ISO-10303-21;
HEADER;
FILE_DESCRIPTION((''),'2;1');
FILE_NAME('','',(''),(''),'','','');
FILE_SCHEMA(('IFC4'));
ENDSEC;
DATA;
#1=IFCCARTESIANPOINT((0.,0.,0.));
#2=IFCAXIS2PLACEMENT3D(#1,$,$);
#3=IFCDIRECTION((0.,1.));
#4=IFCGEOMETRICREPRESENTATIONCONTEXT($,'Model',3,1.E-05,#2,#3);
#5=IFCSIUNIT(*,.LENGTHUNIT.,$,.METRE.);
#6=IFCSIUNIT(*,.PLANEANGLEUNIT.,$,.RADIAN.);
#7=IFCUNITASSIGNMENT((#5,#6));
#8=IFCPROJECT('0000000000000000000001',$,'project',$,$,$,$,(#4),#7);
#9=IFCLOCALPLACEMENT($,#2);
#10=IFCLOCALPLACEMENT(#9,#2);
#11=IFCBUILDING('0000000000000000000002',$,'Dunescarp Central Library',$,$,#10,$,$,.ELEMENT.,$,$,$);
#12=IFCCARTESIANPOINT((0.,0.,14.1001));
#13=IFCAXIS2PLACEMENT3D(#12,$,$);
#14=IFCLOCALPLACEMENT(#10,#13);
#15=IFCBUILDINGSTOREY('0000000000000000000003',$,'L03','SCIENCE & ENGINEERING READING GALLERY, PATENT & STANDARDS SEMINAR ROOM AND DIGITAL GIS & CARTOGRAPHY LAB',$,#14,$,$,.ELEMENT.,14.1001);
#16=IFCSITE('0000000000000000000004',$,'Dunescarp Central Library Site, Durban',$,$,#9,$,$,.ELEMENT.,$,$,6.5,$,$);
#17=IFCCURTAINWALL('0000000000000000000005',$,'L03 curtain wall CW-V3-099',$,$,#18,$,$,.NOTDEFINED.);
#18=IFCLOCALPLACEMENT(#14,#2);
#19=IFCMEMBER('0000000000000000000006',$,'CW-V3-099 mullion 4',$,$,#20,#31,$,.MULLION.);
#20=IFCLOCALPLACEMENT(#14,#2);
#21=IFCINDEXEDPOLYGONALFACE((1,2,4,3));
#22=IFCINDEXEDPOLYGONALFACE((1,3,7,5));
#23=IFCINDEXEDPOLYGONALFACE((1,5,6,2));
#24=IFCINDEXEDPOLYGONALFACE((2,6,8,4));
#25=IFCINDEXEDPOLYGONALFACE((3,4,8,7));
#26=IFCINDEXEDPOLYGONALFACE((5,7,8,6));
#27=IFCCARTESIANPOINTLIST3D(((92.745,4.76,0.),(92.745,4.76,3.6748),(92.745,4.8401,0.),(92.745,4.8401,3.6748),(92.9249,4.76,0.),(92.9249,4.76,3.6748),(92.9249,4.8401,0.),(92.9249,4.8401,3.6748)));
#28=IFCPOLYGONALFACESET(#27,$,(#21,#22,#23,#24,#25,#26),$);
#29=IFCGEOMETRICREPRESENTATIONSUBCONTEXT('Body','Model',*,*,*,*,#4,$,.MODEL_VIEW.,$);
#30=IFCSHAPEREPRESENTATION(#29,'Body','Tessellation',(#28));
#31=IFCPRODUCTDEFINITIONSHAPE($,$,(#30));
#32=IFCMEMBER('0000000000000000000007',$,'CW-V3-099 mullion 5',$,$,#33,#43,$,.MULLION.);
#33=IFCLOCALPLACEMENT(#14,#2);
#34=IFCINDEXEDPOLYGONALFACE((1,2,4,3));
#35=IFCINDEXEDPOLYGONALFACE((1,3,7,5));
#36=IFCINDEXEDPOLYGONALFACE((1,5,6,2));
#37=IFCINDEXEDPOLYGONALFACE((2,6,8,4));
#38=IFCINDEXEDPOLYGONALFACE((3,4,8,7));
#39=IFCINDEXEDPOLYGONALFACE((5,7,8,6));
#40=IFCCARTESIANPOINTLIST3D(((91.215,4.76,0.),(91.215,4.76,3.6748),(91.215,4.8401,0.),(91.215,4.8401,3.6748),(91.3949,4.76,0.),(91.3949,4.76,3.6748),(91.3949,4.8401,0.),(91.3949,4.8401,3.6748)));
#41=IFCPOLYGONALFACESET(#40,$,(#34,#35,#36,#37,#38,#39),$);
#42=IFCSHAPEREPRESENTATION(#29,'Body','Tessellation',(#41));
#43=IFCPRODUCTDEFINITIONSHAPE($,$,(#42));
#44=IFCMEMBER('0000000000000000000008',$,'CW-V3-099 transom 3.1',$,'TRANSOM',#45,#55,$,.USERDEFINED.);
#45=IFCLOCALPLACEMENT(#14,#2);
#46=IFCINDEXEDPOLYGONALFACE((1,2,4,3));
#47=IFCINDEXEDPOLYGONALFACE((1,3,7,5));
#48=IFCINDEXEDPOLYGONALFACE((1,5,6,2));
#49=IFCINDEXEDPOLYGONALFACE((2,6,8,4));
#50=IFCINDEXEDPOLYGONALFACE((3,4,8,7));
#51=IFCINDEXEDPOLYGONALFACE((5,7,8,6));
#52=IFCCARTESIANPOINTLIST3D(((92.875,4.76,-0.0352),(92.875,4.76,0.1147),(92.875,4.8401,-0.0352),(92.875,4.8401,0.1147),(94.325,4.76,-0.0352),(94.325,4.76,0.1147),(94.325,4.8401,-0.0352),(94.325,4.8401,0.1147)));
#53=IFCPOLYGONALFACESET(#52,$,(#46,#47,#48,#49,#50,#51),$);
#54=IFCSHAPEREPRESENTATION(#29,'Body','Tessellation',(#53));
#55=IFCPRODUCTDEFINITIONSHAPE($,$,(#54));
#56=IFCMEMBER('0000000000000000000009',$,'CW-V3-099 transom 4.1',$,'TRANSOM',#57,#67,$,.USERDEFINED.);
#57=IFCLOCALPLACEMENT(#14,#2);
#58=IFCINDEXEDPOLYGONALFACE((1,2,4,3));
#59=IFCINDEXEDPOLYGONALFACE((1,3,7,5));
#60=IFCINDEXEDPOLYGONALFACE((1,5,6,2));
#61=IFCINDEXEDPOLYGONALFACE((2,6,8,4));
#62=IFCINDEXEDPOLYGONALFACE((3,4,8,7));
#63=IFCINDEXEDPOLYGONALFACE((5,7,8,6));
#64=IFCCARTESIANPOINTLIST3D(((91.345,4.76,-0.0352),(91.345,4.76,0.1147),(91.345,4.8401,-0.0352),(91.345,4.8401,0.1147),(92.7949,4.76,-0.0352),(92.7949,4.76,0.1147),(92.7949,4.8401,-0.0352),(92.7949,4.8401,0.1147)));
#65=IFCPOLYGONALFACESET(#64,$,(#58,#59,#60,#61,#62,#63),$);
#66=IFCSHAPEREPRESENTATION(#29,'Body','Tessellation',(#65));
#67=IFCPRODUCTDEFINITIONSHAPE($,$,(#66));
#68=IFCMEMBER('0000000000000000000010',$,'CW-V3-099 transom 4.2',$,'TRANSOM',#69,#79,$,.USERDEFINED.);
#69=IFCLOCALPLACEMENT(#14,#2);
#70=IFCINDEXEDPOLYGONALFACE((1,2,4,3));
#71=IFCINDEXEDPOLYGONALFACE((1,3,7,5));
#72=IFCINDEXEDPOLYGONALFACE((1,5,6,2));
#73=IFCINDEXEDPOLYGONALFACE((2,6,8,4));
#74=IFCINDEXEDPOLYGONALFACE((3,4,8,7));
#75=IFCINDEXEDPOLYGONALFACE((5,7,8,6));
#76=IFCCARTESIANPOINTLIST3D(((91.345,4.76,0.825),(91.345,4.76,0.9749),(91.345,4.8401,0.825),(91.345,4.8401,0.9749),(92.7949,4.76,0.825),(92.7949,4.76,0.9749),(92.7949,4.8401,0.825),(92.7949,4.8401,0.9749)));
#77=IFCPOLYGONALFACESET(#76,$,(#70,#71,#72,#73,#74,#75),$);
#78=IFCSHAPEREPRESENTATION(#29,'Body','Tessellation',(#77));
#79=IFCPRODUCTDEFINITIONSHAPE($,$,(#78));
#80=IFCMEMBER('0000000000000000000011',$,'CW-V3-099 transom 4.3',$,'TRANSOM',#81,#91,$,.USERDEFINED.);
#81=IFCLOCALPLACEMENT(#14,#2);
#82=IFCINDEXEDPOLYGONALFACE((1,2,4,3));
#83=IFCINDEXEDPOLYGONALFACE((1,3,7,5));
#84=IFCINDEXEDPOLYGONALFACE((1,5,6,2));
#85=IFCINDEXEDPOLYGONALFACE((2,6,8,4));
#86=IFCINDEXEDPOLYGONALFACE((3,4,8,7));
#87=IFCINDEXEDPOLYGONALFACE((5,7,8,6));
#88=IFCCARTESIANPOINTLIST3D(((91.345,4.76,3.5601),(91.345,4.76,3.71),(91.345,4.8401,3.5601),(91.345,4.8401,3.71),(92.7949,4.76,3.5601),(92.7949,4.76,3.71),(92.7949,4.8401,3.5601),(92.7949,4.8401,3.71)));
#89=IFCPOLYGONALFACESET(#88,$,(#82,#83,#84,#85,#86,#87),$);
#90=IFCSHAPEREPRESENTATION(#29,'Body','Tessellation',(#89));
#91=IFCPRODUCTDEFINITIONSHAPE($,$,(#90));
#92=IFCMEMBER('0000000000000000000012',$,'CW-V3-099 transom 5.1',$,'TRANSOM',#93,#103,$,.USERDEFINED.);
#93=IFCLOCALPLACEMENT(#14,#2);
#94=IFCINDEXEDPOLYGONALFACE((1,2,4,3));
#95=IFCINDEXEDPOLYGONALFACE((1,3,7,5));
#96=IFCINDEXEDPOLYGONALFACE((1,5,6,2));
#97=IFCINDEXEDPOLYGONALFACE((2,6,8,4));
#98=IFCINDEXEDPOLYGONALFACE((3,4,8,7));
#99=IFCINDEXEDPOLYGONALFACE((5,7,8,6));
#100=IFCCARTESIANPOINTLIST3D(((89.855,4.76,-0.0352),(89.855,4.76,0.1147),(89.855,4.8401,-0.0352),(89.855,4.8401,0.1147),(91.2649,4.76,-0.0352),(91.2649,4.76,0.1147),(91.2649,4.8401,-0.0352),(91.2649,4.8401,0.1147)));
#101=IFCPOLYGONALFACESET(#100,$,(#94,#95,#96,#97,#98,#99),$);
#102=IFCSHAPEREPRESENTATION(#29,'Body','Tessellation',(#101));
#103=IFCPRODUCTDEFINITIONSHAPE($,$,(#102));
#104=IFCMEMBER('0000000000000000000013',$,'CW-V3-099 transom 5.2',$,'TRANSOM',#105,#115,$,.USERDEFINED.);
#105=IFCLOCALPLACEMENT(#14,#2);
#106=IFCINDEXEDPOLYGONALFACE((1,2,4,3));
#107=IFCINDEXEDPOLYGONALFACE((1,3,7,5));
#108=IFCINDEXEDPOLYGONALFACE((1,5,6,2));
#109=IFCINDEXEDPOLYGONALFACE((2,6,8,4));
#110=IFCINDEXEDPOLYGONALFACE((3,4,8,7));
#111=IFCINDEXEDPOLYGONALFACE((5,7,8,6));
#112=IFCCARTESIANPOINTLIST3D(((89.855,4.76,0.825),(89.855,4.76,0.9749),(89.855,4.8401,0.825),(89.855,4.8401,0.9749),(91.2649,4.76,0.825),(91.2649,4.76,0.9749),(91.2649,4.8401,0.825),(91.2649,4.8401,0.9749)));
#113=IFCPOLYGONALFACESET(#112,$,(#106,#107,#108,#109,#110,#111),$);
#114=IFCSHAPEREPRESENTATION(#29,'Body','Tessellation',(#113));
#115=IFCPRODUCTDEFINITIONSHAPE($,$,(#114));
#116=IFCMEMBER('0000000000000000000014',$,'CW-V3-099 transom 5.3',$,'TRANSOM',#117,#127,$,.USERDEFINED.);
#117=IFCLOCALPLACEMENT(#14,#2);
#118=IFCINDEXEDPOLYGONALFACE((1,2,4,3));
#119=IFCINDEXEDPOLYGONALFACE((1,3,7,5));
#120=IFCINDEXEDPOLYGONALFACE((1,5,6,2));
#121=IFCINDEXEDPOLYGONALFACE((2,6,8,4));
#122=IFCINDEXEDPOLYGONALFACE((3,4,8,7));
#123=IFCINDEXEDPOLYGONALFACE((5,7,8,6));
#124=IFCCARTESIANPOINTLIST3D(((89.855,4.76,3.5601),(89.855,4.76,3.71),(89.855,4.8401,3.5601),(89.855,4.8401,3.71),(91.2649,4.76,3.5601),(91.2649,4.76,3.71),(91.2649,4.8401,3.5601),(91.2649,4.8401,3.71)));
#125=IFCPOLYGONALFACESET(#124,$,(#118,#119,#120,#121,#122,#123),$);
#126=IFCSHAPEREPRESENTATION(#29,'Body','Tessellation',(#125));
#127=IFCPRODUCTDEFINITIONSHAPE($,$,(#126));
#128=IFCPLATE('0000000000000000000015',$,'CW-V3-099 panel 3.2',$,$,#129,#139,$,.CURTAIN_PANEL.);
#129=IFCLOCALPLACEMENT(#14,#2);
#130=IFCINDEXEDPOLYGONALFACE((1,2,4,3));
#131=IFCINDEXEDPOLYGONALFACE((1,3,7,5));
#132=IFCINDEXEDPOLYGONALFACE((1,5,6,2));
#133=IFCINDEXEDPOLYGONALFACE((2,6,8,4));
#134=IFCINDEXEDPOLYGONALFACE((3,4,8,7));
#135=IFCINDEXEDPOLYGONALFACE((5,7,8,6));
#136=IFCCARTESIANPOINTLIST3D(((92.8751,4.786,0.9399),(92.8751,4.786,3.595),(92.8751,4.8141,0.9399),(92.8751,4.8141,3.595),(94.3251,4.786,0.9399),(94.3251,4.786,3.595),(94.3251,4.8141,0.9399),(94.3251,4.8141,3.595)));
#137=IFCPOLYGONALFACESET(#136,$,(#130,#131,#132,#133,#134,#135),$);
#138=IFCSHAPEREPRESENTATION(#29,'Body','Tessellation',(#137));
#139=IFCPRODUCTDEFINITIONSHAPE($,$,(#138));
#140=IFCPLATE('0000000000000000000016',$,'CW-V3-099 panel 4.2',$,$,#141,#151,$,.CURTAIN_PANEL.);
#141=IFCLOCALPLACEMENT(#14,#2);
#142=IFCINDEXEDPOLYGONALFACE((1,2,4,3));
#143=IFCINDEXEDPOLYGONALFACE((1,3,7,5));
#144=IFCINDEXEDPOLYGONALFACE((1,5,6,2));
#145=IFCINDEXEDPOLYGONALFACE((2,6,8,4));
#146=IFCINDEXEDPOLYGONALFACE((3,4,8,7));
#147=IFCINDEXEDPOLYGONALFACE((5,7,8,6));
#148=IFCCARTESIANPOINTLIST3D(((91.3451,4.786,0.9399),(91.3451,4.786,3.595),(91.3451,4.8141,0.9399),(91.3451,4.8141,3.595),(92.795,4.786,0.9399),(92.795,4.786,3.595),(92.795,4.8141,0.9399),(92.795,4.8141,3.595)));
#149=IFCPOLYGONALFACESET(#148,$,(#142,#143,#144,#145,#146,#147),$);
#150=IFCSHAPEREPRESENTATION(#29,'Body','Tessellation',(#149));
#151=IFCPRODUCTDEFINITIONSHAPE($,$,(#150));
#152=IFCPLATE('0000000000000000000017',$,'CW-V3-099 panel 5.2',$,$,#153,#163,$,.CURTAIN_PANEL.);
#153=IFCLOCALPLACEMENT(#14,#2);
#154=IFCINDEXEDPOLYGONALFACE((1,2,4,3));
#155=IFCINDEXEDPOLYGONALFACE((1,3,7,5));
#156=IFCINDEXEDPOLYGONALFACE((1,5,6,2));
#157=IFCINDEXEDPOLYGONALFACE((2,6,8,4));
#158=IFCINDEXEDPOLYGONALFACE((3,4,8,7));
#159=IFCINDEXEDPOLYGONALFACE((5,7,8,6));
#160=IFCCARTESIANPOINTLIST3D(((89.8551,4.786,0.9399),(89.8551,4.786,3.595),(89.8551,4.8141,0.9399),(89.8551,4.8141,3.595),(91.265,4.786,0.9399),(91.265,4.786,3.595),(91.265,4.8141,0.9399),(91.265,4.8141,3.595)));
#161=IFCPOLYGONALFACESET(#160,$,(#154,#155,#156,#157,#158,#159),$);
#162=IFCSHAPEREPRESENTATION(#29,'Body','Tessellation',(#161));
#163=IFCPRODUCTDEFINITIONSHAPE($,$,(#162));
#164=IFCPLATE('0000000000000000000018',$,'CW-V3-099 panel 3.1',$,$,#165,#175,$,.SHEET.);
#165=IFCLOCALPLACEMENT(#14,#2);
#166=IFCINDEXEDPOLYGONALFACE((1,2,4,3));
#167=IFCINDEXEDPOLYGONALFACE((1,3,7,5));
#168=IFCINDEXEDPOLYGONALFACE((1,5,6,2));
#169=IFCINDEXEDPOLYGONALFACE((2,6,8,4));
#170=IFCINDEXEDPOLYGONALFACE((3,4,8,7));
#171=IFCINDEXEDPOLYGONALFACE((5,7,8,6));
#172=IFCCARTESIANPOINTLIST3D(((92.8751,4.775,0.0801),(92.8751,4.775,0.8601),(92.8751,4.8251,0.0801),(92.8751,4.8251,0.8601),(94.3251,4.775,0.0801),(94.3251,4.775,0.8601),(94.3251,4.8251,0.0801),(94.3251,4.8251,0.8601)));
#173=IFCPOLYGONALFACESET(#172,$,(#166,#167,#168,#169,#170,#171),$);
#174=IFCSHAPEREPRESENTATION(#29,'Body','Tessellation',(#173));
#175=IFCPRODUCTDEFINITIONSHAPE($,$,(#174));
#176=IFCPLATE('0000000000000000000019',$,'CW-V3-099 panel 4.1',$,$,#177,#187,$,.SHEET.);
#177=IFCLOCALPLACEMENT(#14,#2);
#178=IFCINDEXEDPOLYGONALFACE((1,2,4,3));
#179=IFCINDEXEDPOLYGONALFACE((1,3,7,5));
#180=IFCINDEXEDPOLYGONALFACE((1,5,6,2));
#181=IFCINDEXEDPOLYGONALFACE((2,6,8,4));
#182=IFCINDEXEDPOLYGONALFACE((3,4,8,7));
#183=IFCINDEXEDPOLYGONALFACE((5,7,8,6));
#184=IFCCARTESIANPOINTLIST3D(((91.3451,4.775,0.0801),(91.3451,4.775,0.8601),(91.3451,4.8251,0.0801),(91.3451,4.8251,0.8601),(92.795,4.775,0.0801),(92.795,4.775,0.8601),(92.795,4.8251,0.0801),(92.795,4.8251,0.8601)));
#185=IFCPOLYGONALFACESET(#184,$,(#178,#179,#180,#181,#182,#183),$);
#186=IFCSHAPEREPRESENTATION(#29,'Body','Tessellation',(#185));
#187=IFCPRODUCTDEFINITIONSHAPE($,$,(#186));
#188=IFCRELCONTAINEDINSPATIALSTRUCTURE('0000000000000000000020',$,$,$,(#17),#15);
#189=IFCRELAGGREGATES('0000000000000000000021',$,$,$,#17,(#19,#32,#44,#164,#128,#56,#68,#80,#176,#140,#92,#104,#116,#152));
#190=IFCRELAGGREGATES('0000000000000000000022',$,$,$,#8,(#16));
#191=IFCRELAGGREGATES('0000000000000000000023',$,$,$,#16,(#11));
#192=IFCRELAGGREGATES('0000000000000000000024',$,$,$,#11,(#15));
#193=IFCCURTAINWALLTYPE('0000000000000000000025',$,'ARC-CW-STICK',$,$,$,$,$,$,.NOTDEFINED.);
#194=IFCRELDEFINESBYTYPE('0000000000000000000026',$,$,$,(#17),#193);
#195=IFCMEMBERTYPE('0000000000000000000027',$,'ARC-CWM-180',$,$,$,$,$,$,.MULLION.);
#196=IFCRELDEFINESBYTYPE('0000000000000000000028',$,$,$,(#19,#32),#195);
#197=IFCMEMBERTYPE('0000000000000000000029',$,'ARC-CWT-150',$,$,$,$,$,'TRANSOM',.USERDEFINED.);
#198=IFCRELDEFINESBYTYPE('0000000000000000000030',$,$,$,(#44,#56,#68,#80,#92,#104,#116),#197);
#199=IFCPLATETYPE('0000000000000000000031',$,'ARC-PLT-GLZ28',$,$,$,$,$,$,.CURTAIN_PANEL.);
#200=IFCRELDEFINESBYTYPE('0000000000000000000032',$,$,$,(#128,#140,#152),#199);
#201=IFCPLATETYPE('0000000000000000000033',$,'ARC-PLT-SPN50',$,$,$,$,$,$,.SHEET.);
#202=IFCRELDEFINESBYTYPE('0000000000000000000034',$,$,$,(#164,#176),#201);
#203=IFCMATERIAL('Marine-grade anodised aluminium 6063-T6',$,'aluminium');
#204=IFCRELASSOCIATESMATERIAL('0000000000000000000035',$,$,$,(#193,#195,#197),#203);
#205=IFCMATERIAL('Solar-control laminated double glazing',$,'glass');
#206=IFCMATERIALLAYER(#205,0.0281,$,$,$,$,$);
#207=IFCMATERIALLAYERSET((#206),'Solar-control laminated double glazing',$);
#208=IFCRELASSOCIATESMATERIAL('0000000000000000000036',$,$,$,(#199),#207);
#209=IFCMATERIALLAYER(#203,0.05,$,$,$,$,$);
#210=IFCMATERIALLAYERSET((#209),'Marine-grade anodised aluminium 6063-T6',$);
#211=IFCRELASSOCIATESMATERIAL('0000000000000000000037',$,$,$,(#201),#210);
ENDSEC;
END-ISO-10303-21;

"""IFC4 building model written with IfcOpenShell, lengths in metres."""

from ifc_helpers import new_model, si_unit, direction, frame, origin, origin_2d, place, context, subcontext, project, spatial, rectangle, extrude, material, layer, layer_set, material_profile, profile_set, type_object, element, aggregate, save


model = new_model("IFC4")

# Units and contexts
model_context = context("Model", 3, precision=1e-05, world=origin(), true_north=direction((0.0, 1.0)))
body_context = subcontext(model_context, "Body", "Model", "MODEL_VIEW")
ifc_project = project(units=[si_unit("LENGTHUNIT", "METRE"), si_unit("PLANEANGLEUNIT", "RADIAN")], contexts=[model_context])

# Site, building, storey
site_placement = place(None, origin())
site = spatial("IfcSite", under=ifc_project, at=site_placement, Name="Dunescarp Central Library Site, Durban", CompositionType="ELEMENT", RefElevation=6.5)
building_placement = place(site_placement, origin())
building = spatial("IfcBuilding", under=site, at=building_placement, Name="Dunescarp Central Library", CompositionType="ELEMENT")
storey_placement = place(building_placement, frame((0.0, 0.0, 14.1001)))
storey = spatial("IfcBuildingStorey", under=building, at=storey_placement, Name="L03", Description="SCIENCE & ENGINEERING READING GALLERY, PATENT & STANDARDS SEMINAR ROOM AND DIGITAL GIS & CARTOGRAPHY LAB", CompositionType="ELEMENT", Elevation=14.1001)

# Curtain wall, members, plates
ifc_material_1 = material(Name="Marine-grade anodised aluminium 6063-T6", Category="aluminium")
curtain_wall_type = type_object("IfcCurtainWallType", Name="ARC-CW-STICK", PredefinedType="NOTDEFINED", material=ifc_material_1)
curtain_wall_placement = place(storey_placement, origin())
curtain_wall = element("IfcCurtainWall", 1, at=curtain_wall_placement, inside=storey, type_object=curtain_wall_type, Name="L03 curtain wall CW-V3-099", PredefinedType="NOTDEFINED")
ifc_material_profile_1 = material_profile(ifc_material_1, rectangle(XDim=0.0801, YDim=0.1799, at=origin_2d()), Name="AL 80x180")
ifc_profile_set_1 = profile_set([ifc_material_profile_1], Name="Marine-grade anodised aluminium 6063-T6")
member_type_1 = type_object("IfcMemberType", Name="ARC-CWM-180", PredefinedType="MULLION", material=ifc_profile_set_1)
member_1_placement = place(storey_placement, frame((92.835, 4.8, 0.0), z_axis=(0.0, 0.0, 1.0), x_axis=(0.0, -1.0, 0.0)))
member_1 = element("IfcMember", 2, at=member_1_placement, type_object=member_type_1, Name="CW-V3-099 mullion 4", PredefinedType="MULLION", context=body_context, shape_type="SweptSolid", body=[
    extrude(rectangle(XDim=0.0801, YDim=0.1799, at=origin_2d()), origin(), (0.0, 0.0, 1.0), 3.6748),
])
member_2_placement = place(storey_placement, frame((91.3049, 4.8, 0.0), z_axis=(0.0, 0.0, 1.0), x_axis=(0.0, -1.0, 0.0)))
member_2 = element("IfcMember", 3, at=member_2_placement, type_object=member_type_1, Name="CW-V3-099 mullion 5", PredefinedType="MULLION", context=body_context, shape_type="SweptSolid", body=[
    extrude(rectangle(XDim=0.0801, YDim=0.1799, at=origin_2d()), origin(), (0.0, 0.0, 1.0), 3.6748),
])
ifc_material_profile_2 = material_profile(ifc_material_1, rectangle(XDim=0.0801, YDim=0.1499, at=origin_2d()), Name="AL 80x150")
ifc_profile_set_2 = profile_set([ifc_material_profile_2], Name="Marine-grade anodised aluminium 6063-T6")
member_type_2 = type_object("IfcMemberType", Name="ARC-CWT-150", ElementType="TRANSOM", PredefinedType="USERDEFINED", material=ifc_profile_set_2)
member_3_placement = place(storey_placement, frame((94.325, 4.8, 0.0398), z_axis=(-1.0, 0.0, 0.0), x_axis=(0.0, -1.0, 0.0)))
member_3 = element("IfcMember", 4, at=member_3_placement, type_object=member_type_2, Name="CW-V3-099 transom 3.1", ObjectType="TRANSOM", PredefinedType="USERDEFINED", context=body_context, shape_type="SweptSolid", body=[
    extrude(rectangle(XDim=0.0801, YDim=0.1499, at=origin_2d()), origin(), (0.0, 0.0, 1.0), 1.45),
])
member_4_placement = place(storey_placement, frame((92.7949, 4.8, 0.0398), z_axis=(-1.0, 0.0, 0.0), x_axis=(0.0, -1.0, 0.0)))
member_4 = element("IfcMember", 5, at=member_4_placement, type_object=member_type_2, Name="CW-V3-099 transom 4.1", ObjectType="TRANSOM", PredefinedType="USERDEFINED", context=body_context, shape_type="SweptSolid", body=[
    extrude(rectangle(XDim=0.0801, YDim=0.1499, at=origin_2d()), origin(), (0.0, 0.0, 1.0), 1.45),
])
member_5_placement = place(storey_placement, frame((92.7949, 4.8, 0.8999), z_axis=(-1.0, 0.0, 0.0), x_axis=(0.0, -1.0, 0.0)))
member_5 = element("IfcMember", 6, at=member_5_placement, type_object=member_type_2, Name="CW-V3-099 transom 4.2", ObjectType="TRANSOM", PredefinedType="USERDEFINED", context=body_context, shape_type="SweptSolid", body=[
    extrude(rectangle(XDim=0.0801, YDim=0.1499, at=origin_2d()), origin(), (0.0, 0.0, 1.0), 1.45),
])
member_6_placement = place(storey_placement, frame((92.7949, 4.8, 3.635), z_axis=(-1.0, 0.0, 0.0), x_axis=(0.0, -1.0, 0.0)))
member_6 = element("IfcMember", 7, at=member_6_placement, type_object=member_type_2, Name="CW-V3-099 transom 4.3", ObjectType="TRANSOM", PredefinedType="USERDEFINED", context=body_context, shape_type="SweptSolid", body=[
    extrude(rectangle(XDim=0.0801, YDim=0.1499, at=origin_2d()), origin(), (0.0, 0.0, 1.0), 1.45),
])
member_7_placement = place(storey_placement, frame((91.2649, 4.8, 0.0398), z_axis=(-1.0, 0.0, 0.0), x_axis=(0.0, -1.0, 0.0)))
member_7 = element("IfcMember", 8, at=member_7_placement, type_object=member_type_2, Name="CW-V3-099 transom 5.1", ObjectType="TRANSOM", PredefinedType="USERDEFINED", context=body_context, shape_type="SweptSolid", body=[
    extrude(rectangle(XDim=0.0801, YDim=0.1499, at=origin_2d()), origin(), (0.0, 0.0, 1.0), 1.4099),
])
member_8_placement = place(storey_placement, frame((91.2649, 4.8, 0.8999), z_axis=(-1.0, 0.0, 0.0), x_axis=(0.0, -1.0, 0.0)))
member_8 = element("IfcMember", 9, at=member_8_placement, type_object=member_type_2, Name="CW-V3-099 transom 5.2", ObjectType="TRANSOM", PredefinedType="USERDEFINED", context=body_context, shape_type="SweptSolid", body=[
    extrude(rectangle(XDim=0.0801, YDim=0.1499, at=origin_2d()), origin(), (0.0, 0.0, 1.0), 1.4099),
])
member_9_placement = place(storey_placement, frame((91.2649, 4.8, 3.635), z_axis=(-1.0, 0.0, 0.0), x_axis=(0.0, -1.0, 0.0)))
member_9 = element("IfcMember", 10, at=member_9_placement, type_object=member_type_2, Name="CW-V3-099 transom 5.3", ObjectType="TRANSOM", PredefinedType="USERDEFINED", context=body_context, shape_type="SweptSolid", body=[
    extrude(rectangle(XDim=0.0801, YDim=0.1499, at=origin_2d()), origin(), (0.0, 0.0, 1.0), 1.4099),
])
ifc_material_2 = material(Name="Solar-control laminated double glazing", Category="glass")
ifc_layer_1 = layer(ifc_material_2, 0.0281)
ifc_layer_set_1 = layer_set([ifc_layer_1], Name="Solar-control laminated double glazing")
plate_type_1 = type_object("IfcPlateType", Name="ARC-PLT-GLZ28", PredefinedType="CURTAIN_PANEL", material=ifc_layer_set_1)
plate_1_placement = place(storey_placement, frame((93.6001, 4.8, 0.9399), z_axis=(0.0, 0.0, 1.0), x_axis=(-1.0, 0.0, 0.0)))
plate_1 = element("IfcPlate", 11, at=plate_1_placement, type_object=plate_type_1, Name="CW-V3-099 panel 3.2", PredefinedType="CURTAIN_PANEL", context=body_context, shape_type="SweptSolid", body=[
    extrude(rectangle(XDim=1.45, YDim=0.0281, at=origin_2d()), origin(), (0.0, 0.0, 1.0), 2.655),
])
plate_2_placement = place(storey_placement, frame((92.0701, 4.8, 0.9399), z_axis=(0.0, 0.0, 1.0), x_axis=(-1.0, 0.0, 0.0)))
plate_2 = element("IfcPlate", 12, at=plate_2_placement, type_object=plate_type_1, Name="CW-V3-099 panel 4.2", PredefinedType="CURTAIN_PANEL", context=body_context, shape_type="SweptSolid", body=[
    extrude(rectangle(XDim=1.45, YDim=0.0281, at=origin_2d()), origin(), (0.0, 0.0, 1.0), 2.655),
])
plate_3_placement = place(storey_placement, frame((90.5601, 4.8, 0.9399), z_axis=(0.0, 0.0, 1.0), x_axis=(-1.0, 0.0, 0.0)))
plate_3 = element("IfcPlate", 13, at=plate_3_placement, type_object=plate_type_1, Name="CW-V3-099 panel 5.2", PredefinedType="CURTAIN_PANEL", context=body_context, shape_type="SweptSolid", body=[
    extrude(rectangle(XDim=1.4099, YDim=0.0281, at=origin_2d()), origin(), (0.0, 0.0, 1.0), 2.655),
])
ifc_layer_2 = layer(ifc_material_1, 0.05)
ifc_layer_set_2 = layer_set([ifc_layer_2], Name="Marine-grade anodised aluminium 6063-T6")
plate_type_2 = type_object("IfcPlateType", Name="ARC-PLT-SPN50", PredefinedType="SHEET", material=ifc_layer_set_2)
plate_4_placement = place(storey_placement, frame((93.6001, 4.8, 0.0801), z_axis=(0.0, 0.0, 1.0), x_axis=(-1.0, 0.0, 0.0)))
plate_4 = element("IfcPlate", 14, at=plate_4_placement, type_object=plate_type_2, Name="CW-V3-099 panel 3.1", PredefinedType="SHEET", context=body_context, shape_type="SweptSolid", body=[
    extrude(rectangle(XDim=1.45, YDim=0.05, at=origin_2d()), origin(), (0.0, 0.0, 1.0), 0.78),
])
plate_5_placement = place(storey_placement, frame((92.0701, 4.8, 0.0801), z_axis=(0.0, 0.0, 1.0), x_axis=(-1.0, 0.0, 0.0)))
plate_5 = element("IfcPlate", 15, at=plate_5_placement, type_object=plate_type_2, Name="CW-V3-099 panel 4.1", PredefinedType="SHEET", context=body_context, shape_type="SweptSolid", body=[
    extrude(rectangle(XDim=1.45, YDim=0.05, at=origin_2d()), origin(), (0.0, 0.0, 1.0), 0.78),
])
aggregate(curtain_wall, [member_1, member_2, member_3, plate_4, plate_1, member_4, member_5, member_6, plate_5, plate_2, member_7, member_8, member_9, plate_3])

save(model, "model.ifc")
